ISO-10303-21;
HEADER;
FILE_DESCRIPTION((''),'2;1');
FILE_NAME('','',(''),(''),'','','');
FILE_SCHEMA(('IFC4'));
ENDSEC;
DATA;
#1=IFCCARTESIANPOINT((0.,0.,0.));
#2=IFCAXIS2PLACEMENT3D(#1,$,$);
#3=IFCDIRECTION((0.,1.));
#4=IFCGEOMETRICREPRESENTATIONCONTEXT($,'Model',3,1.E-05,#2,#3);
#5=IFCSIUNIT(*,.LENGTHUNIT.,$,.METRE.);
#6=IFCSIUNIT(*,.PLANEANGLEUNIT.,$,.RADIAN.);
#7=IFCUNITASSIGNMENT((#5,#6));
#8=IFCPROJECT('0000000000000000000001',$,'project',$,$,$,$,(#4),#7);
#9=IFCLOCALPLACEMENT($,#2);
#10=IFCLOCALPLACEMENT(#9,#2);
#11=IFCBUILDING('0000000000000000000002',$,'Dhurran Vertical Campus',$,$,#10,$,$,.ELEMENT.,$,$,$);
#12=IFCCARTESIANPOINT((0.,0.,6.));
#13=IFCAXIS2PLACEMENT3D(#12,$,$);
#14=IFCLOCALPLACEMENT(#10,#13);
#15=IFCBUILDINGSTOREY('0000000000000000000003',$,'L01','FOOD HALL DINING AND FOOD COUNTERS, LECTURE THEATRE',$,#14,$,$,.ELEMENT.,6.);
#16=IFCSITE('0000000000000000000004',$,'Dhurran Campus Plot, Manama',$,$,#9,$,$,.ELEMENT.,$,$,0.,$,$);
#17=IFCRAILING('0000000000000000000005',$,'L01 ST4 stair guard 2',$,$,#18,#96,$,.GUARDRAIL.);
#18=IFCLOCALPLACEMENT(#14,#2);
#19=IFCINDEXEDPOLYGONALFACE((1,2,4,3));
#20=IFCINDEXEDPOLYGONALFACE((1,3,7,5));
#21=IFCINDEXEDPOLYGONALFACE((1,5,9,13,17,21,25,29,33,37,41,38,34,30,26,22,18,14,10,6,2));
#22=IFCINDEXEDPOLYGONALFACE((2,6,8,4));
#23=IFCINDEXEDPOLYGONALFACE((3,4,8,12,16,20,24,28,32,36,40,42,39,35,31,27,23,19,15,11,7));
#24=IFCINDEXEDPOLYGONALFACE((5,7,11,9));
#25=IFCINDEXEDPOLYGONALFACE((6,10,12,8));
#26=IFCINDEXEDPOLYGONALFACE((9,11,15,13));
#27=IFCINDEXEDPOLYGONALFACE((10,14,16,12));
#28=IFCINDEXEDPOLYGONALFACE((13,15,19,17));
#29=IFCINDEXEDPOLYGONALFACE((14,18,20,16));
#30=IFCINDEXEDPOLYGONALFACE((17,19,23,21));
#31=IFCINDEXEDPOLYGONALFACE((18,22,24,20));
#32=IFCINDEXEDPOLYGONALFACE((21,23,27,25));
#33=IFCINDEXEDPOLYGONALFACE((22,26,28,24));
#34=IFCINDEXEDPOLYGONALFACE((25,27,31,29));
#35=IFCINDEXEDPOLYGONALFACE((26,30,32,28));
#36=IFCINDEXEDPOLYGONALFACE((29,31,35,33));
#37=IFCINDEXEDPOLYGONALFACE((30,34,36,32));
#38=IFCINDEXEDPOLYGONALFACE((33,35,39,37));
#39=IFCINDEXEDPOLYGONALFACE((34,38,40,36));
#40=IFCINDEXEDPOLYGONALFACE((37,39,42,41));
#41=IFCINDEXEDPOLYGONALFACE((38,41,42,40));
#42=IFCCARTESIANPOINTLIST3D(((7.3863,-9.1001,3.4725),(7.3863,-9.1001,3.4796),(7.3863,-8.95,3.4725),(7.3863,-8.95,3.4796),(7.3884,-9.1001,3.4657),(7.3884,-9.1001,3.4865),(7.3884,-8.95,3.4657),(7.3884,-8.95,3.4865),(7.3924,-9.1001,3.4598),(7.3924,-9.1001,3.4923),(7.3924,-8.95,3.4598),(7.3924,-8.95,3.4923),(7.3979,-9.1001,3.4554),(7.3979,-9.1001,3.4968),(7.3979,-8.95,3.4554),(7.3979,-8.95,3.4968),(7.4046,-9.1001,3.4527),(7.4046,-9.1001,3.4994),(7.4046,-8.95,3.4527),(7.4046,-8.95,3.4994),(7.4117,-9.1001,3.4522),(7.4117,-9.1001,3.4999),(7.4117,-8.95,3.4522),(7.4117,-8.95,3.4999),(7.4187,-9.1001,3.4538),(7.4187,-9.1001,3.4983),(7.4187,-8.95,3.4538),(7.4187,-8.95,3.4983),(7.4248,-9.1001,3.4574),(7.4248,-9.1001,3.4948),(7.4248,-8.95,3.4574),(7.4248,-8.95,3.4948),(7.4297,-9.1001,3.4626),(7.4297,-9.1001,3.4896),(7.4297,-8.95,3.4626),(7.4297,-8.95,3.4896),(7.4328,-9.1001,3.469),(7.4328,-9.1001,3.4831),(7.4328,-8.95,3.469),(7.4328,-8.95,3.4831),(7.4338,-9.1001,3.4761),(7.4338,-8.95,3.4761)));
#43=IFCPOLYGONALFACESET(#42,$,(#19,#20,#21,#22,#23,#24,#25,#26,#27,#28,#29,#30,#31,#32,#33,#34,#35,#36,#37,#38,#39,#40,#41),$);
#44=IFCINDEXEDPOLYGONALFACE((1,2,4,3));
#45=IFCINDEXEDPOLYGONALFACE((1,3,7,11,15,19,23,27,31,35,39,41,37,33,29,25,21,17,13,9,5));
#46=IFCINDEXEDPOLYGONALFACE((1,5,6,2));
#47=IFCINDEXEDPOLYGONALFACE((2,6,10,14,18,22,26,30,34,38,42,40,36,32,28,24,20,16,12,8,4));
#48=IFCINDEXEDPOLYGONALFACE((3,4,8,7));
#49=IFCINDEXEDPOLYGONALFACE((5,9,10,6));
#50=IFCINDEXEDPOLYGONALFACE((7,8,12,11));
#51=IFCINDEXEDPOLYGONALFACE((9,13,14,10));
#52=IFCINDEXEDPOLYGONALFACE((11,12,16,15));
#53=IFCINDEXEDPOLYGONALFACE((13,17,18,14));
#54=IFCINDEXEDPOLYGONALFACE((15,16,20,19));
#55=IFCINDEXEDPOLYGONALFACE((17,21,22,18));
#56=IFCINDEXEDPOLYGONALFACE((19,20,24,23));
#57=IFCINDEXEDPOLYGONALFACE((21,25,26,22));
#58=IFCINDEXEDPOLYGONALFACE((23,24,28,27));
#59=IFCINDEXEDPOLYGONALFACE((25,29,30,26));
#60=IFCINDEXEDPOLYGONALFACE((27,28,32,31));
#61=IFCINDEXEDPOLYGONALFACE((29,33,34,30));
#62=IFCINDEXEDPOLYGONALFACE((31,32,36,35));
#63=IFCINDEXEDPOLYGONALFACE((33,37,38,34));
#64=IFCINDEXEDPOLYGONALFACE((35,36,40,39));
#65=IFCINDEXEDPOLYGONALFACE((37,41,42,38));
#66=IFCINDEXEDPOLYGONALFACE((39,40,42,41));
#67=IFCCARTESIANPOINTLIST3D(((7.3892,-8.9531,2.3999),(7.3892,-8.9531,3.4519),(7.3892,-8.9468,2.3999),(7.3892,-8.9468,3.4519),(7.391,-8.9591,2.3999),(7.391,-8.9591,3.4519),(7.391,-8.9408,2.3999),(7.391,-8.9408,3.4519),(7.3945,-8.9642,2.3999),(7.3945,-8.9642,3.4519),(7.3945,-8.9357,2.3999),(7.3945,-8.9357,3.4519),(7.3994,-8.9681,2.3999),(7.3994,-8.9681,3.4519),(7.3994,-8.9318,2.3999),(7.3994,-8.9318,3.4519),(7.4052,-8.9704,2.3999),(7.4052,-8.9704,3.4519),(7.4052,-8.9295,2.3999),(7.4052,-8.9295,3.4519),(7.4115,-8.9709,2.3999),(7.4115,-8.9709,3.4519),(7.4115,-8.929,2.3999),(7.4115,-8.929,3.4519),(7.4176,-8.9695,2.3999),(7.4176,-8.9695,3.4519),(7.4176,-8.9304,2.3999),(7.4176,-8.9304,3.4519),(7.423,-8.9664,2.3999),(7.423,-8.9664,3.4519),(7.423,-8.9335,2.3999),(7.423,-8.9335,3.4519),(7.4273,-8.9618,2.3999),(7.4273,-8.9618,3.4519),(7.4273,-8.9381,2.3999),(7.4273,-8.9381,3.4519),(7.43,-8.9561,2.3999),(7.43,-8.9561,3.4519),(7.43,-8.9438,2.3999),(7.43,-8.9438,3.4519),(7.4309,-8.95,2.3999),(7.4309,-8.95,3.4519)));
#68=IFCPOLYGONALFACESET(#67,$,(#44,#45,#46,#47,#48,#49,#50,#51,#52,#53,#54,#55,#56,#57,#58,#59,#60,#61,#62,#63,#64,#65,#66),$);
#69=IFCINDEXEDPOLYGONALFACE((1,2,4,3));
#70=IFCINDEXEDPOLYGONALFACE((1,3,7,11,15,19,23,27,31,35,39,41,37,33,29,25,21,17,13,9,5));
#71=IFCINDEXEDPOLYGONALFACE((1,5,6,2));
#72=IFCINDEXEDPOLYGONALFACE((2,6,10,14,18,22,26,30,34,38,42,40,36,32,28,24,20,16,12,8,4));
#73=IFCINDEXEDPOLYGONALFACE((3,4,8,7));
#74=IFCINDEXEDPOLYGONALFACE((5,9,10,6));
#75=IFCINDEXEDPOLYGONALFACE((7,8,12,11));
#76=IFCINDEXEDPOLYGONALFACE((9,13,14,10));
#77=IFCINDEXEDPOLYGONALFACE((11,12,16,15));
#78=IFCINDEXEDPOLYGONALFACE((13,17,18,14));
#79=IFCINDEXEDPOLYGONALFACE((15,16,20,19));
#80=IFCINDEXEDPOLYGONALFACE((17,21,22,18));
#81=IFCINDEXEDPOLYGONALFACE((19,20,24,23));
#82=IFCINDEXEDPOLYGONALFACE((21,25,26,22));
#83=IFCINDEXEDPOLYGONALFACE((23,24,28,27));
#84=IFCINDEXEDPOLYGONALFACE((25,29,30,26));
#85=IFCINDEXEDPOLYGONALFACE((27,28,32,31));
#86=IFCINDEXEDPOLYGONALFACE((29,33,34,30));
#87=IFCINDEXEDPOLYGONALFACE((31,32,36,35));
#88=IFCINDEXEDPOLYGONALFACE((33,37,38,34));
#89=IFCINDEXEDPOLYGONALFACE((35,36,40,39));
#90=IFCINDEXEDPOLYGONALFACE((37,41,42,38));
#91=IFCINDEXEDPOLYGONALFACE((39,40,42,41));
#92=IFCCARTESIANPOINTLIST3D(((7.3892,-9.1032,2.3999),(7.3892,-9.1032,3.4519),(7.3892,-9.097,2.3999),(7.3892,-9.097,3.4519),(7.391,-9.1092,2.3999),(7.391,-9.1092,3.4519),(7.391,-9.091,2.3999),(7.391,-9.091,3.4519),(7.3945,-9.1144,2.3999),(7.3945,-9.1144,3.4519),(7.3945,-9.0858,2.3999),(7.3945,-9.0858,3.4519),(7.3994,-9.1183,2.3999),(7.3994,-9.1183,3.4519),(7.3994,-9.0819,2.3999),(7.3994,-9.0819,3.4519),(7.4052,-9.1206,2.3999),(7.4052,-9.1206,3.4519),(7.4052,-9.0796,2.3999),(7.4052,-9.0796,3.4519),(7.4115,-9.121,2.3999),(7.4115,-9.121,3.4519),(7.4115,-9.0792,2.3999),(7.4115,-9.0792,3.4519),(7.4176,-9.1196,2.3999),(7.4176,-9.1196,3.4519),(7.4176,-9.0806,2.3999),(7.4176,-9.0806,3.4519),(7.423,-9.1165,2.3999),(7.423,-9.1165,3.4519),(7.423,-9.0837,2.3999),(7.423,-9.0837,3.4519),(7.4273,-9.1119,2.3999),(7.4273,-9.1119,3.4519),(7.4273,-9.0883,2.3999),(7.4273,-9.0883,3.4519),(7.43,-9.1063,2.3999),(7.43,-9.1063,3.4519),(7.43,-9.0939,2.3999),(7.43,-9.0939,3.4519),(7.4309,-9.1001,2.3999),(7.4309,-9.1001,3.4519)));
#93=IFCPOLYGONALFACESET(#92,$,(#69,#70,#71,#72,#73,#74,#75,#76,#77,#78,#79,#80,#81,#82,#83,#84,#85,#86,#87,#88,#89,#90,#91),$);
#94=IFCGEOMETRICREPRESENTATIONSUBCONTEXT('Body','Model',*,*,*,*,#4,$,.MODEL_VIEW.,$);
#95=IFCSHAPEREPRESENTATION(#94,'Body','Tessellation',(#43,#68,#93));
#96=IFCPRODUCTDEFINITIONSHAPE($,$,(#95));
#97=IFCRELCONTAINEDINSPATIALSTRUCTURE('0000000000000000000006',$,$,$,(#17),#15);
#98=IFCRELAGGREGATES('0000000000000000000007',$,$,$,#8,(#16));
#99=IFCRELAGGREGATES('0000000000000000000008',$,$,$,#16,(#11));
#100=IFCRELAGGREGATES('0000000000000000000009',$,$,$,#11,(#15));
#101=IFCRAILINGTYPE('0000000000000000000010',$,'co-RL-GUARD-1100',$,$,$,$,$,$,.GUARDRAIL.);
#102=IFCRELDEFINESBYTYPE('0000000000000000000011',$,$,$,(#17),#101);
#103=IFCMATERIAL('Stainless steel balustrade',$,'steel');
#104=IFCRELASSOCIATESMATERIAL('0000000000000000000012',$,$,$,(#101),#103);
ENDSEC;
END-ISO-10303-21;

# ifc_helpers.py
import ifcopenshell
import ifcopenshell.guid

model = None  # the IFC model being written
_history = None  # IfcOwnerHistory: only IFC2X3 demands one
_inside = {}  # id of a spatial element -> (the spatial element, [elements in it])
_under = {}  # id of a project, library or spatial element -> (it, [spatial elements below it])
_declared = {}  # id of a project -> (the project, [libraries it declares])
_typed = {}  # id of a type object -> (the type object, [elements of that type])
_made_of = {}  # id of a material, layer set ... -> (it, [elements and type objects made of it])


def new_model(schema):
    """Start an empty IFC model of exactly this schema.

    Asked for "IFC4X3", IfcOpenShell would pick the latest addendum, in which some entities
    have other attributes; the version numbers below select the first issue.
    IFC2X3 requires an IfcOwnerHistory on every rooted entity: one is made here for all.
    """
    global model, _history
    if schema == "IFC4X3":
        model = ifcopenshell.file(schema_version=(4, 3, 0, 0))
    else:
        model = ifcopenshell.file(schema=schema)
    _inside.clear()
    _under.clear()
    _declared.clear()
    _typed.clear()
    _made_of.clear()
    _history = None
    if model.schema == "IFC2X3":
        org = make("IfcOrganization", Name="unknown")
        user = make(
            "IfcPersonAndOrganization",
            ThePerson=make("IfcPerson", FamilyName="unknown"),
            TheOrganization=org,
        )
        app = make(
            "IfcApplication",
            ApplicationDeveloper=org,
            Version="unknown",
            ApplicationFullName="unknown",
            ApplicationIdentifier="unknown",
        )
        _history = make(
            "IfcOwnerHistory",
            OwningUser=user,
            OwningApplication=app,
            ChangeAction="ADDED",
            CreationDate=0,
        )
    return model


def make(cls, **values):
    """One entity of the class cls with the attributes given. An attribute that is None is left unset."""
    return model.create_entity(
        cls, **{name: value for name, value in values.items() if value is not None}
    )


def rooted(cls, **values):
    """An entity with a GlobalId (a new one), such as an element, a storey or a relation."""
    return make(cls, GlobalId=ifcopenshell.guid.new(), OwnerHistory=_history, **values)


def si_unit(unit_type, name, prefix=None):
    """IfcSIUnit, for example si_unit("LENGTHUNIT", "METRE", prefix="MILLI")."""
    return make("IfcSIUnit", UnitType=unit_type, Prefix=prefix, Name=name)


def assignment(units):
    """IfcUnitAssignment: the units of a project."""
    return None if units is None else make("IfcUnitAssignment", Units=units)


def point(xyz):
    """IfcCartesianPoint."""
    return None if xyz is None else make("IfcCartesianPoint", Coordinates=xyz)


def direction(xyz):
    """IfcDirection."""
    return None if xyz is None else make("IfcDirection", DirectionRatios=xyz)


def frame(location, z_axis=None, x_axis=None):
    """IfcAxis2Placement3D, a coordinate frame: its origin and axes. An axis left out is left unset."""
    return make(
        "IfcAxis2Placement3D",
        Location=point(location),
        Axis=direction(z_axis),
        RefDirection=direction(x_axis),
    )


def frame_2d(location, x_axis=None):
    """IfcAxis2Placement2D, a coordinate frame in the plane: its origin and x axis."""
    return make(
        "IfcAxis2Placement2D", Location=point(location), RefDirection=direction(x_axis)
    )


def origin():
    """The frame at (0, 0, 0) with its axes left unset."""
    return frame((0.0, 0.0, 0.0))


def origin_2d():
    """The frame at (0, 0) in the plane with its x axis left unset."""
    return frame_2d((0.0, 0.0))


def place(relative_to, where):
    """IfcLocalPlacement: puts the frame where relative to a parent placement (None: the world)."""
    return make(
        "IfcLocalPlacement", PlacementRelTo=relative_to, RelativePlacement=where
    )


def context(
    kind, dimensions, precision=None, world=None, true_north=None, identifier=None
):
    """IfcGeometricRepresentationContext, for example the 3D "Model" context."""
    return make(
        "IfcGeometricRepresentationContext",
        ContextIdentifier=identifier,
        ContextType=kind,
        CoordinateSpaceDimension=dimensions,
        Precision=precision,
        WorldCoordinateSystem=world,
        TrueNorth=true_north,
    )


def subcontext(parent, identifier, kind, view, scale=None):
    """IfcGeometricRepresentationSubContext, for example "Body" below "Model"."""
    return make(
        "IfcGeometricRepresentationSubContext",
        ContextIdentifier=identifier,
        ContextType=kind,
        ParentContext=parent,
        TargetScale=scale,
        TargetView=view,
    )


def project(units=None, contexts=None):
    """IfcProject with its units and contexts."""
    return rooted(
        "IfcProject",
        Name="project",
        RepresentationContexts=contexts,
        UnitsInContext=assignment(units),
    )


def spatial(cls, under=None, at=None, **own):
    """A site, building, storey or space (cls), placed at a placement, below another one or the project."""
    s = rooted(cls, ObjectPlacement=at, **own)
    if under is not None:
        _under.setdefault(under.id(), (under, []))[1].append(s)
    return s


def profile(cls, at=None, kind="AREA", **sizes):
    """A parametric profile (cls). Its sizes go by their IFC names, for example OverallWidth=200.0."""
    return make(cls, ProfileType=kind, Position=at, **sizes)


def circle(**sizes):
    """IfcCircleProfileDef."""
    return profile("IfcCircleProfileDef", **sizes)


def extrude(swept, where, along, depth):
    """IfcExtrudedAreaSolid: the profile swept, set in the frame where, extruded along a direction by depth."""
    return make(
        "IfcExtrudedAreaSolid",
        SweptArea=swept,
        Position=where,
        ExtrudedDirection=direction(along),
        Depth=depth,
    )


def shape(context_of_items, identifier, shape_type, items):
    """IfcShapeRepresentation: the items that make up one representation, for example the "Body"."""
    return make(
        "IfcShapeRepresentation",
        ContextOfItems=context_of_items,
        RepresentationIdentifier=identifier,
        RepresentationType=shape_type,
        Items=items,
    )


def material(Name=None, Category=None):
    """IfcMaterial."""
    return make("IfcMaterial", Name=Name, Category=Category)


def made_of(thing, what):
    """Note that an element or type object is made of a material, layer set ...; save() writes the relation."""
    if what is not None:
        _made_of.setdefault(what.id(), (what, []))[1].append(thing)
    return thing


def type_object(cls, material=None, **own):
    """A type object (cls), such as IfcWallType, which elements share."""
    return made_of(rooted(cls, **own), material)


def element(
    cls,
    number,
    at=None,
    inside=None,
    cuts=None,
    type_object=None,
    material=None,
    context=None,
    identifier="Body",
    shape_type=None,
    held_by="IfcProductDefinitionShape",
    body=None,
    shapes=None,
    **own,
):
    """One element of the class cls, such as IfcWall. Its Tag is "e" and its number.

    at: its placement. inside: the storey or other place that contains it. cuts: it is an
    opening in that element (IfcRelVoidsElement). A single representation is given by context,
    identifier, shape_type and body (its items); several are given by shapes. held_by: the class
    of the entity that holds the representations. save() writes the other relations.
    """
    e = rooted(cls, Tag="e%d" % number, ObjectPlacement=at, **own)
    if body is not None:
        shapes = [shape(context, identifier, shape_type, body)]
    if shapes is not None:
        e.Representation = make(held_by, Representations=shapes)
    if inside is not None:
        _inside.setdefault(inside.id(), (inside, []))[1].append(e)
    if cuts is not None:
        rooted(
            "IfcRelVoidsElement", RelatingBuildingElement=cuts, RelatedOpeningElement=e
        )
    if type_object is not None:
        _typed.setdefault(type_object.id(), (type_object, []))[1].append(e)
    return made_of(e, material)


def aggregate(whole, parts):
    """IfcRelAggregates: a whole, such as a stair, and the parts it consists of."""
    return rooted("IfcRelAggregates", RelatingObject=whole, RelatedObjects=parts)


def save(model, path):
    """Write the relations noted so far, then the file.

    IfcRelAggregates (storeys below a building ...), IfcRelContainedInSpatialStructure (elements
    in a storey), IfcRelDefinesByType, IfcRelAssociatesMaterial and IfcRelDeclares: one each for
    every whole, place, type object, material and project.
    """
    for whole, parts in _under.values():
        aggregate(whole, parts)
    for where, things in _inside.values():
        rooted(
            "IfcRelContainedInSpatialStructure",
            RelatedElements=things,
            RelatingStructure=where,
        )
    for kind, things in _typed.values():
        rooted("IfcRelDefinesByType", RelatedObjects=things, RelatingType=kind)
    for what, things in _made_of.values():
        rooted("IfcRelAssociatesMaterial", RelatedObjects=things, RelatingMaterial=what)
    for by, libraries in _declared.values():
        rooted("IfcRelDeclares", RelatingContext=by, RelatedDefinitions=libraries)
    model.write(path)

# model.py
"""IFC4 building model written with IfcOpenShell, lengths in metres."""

from ifc_helpers import new_model, si_unit, direction, frame, origin, origin_2d, place, context, subcontext, project, spatial, circle, extrude, material, type_object, element, save


model = new_model("IFC4")

# Units and contexts
model_context = context("Model", 3, precision=1e-05, world=origin(), true_north=direction((0.0, 1.0)))
body_context = subcontext(model_context, "Body", "Model", "MODEL_VIEW")
ifc_project = project(units=[si_unit("LENGTHUNIT", "METRE"), si_unit("PLANEANGLEUNIT", "RADIAN")], contexts=[model_context])

# Site, building, storey
site_placement = place(None, origin())
site = spatial("IfcSite", under=ifc_project, at=site_placement, Name="Dhurran Campus Plot, Manama", CompositionType="ELEMENT", RefElevation=0.0)
building_placement = place(site_placement, origin())
building = spatial("IfcBuilding", under=site, at=building_placement, Name="Dhurran Vertical Campus", CompositionType="ELEMENT")
storey_placement = place(building_placement, frame((0.0, 0.0, 6.0)))
storey = spatial("IfcBuildingStorey", under=building, at=storey_placement, Name="L01", Description="FOOD HALL DINING AND FOOD COUNTERS, LECTURE THEATRE", CompositionType="ELEMENT", Elevation=6.0)

# Railing
ifc_material_1 = material(Name="Stainless steel balustrade", Category="steel")
railing_type_1 = type_object("IfcRailingType", Name="co-RL-GUARD-1100", PredefinedType="GUARDRAIL", material=ifc_material_1)
railing_1_placement = place(storey_placement, frame((7.4099, -8.95, 2.3999)))
element("IfcRailing", 1, at=railing_1_placement, inside=storey, type_object=railing_type_1, Name="L01 ST4 stair guard 2", PredefinedType="GUARDRAIL", context=body_context, shape_type="SweptSolid", body=[
    extrude(circle(Radius=0.0239, at=origin_2d()), frame((0.0, 0.0, 1.0762), z_axis=(0.0, -1.0, 0.0), x_axis=(1.0, 0.0, 0.0)), (0.0, 0.0, 1.0), 0.1501),
    extrude(circle(Radius=0.021, at=origin_2d()), origin(), (0.0, 0.0, 1.0), 1.052),
    extrude(circle(Radius=0.021, at=origin_2d()), frame((0.0, -0.1501, 0.0)), (0.0, 0.0, 1.0), 1.052),
])

save(model, "model.ifc")
